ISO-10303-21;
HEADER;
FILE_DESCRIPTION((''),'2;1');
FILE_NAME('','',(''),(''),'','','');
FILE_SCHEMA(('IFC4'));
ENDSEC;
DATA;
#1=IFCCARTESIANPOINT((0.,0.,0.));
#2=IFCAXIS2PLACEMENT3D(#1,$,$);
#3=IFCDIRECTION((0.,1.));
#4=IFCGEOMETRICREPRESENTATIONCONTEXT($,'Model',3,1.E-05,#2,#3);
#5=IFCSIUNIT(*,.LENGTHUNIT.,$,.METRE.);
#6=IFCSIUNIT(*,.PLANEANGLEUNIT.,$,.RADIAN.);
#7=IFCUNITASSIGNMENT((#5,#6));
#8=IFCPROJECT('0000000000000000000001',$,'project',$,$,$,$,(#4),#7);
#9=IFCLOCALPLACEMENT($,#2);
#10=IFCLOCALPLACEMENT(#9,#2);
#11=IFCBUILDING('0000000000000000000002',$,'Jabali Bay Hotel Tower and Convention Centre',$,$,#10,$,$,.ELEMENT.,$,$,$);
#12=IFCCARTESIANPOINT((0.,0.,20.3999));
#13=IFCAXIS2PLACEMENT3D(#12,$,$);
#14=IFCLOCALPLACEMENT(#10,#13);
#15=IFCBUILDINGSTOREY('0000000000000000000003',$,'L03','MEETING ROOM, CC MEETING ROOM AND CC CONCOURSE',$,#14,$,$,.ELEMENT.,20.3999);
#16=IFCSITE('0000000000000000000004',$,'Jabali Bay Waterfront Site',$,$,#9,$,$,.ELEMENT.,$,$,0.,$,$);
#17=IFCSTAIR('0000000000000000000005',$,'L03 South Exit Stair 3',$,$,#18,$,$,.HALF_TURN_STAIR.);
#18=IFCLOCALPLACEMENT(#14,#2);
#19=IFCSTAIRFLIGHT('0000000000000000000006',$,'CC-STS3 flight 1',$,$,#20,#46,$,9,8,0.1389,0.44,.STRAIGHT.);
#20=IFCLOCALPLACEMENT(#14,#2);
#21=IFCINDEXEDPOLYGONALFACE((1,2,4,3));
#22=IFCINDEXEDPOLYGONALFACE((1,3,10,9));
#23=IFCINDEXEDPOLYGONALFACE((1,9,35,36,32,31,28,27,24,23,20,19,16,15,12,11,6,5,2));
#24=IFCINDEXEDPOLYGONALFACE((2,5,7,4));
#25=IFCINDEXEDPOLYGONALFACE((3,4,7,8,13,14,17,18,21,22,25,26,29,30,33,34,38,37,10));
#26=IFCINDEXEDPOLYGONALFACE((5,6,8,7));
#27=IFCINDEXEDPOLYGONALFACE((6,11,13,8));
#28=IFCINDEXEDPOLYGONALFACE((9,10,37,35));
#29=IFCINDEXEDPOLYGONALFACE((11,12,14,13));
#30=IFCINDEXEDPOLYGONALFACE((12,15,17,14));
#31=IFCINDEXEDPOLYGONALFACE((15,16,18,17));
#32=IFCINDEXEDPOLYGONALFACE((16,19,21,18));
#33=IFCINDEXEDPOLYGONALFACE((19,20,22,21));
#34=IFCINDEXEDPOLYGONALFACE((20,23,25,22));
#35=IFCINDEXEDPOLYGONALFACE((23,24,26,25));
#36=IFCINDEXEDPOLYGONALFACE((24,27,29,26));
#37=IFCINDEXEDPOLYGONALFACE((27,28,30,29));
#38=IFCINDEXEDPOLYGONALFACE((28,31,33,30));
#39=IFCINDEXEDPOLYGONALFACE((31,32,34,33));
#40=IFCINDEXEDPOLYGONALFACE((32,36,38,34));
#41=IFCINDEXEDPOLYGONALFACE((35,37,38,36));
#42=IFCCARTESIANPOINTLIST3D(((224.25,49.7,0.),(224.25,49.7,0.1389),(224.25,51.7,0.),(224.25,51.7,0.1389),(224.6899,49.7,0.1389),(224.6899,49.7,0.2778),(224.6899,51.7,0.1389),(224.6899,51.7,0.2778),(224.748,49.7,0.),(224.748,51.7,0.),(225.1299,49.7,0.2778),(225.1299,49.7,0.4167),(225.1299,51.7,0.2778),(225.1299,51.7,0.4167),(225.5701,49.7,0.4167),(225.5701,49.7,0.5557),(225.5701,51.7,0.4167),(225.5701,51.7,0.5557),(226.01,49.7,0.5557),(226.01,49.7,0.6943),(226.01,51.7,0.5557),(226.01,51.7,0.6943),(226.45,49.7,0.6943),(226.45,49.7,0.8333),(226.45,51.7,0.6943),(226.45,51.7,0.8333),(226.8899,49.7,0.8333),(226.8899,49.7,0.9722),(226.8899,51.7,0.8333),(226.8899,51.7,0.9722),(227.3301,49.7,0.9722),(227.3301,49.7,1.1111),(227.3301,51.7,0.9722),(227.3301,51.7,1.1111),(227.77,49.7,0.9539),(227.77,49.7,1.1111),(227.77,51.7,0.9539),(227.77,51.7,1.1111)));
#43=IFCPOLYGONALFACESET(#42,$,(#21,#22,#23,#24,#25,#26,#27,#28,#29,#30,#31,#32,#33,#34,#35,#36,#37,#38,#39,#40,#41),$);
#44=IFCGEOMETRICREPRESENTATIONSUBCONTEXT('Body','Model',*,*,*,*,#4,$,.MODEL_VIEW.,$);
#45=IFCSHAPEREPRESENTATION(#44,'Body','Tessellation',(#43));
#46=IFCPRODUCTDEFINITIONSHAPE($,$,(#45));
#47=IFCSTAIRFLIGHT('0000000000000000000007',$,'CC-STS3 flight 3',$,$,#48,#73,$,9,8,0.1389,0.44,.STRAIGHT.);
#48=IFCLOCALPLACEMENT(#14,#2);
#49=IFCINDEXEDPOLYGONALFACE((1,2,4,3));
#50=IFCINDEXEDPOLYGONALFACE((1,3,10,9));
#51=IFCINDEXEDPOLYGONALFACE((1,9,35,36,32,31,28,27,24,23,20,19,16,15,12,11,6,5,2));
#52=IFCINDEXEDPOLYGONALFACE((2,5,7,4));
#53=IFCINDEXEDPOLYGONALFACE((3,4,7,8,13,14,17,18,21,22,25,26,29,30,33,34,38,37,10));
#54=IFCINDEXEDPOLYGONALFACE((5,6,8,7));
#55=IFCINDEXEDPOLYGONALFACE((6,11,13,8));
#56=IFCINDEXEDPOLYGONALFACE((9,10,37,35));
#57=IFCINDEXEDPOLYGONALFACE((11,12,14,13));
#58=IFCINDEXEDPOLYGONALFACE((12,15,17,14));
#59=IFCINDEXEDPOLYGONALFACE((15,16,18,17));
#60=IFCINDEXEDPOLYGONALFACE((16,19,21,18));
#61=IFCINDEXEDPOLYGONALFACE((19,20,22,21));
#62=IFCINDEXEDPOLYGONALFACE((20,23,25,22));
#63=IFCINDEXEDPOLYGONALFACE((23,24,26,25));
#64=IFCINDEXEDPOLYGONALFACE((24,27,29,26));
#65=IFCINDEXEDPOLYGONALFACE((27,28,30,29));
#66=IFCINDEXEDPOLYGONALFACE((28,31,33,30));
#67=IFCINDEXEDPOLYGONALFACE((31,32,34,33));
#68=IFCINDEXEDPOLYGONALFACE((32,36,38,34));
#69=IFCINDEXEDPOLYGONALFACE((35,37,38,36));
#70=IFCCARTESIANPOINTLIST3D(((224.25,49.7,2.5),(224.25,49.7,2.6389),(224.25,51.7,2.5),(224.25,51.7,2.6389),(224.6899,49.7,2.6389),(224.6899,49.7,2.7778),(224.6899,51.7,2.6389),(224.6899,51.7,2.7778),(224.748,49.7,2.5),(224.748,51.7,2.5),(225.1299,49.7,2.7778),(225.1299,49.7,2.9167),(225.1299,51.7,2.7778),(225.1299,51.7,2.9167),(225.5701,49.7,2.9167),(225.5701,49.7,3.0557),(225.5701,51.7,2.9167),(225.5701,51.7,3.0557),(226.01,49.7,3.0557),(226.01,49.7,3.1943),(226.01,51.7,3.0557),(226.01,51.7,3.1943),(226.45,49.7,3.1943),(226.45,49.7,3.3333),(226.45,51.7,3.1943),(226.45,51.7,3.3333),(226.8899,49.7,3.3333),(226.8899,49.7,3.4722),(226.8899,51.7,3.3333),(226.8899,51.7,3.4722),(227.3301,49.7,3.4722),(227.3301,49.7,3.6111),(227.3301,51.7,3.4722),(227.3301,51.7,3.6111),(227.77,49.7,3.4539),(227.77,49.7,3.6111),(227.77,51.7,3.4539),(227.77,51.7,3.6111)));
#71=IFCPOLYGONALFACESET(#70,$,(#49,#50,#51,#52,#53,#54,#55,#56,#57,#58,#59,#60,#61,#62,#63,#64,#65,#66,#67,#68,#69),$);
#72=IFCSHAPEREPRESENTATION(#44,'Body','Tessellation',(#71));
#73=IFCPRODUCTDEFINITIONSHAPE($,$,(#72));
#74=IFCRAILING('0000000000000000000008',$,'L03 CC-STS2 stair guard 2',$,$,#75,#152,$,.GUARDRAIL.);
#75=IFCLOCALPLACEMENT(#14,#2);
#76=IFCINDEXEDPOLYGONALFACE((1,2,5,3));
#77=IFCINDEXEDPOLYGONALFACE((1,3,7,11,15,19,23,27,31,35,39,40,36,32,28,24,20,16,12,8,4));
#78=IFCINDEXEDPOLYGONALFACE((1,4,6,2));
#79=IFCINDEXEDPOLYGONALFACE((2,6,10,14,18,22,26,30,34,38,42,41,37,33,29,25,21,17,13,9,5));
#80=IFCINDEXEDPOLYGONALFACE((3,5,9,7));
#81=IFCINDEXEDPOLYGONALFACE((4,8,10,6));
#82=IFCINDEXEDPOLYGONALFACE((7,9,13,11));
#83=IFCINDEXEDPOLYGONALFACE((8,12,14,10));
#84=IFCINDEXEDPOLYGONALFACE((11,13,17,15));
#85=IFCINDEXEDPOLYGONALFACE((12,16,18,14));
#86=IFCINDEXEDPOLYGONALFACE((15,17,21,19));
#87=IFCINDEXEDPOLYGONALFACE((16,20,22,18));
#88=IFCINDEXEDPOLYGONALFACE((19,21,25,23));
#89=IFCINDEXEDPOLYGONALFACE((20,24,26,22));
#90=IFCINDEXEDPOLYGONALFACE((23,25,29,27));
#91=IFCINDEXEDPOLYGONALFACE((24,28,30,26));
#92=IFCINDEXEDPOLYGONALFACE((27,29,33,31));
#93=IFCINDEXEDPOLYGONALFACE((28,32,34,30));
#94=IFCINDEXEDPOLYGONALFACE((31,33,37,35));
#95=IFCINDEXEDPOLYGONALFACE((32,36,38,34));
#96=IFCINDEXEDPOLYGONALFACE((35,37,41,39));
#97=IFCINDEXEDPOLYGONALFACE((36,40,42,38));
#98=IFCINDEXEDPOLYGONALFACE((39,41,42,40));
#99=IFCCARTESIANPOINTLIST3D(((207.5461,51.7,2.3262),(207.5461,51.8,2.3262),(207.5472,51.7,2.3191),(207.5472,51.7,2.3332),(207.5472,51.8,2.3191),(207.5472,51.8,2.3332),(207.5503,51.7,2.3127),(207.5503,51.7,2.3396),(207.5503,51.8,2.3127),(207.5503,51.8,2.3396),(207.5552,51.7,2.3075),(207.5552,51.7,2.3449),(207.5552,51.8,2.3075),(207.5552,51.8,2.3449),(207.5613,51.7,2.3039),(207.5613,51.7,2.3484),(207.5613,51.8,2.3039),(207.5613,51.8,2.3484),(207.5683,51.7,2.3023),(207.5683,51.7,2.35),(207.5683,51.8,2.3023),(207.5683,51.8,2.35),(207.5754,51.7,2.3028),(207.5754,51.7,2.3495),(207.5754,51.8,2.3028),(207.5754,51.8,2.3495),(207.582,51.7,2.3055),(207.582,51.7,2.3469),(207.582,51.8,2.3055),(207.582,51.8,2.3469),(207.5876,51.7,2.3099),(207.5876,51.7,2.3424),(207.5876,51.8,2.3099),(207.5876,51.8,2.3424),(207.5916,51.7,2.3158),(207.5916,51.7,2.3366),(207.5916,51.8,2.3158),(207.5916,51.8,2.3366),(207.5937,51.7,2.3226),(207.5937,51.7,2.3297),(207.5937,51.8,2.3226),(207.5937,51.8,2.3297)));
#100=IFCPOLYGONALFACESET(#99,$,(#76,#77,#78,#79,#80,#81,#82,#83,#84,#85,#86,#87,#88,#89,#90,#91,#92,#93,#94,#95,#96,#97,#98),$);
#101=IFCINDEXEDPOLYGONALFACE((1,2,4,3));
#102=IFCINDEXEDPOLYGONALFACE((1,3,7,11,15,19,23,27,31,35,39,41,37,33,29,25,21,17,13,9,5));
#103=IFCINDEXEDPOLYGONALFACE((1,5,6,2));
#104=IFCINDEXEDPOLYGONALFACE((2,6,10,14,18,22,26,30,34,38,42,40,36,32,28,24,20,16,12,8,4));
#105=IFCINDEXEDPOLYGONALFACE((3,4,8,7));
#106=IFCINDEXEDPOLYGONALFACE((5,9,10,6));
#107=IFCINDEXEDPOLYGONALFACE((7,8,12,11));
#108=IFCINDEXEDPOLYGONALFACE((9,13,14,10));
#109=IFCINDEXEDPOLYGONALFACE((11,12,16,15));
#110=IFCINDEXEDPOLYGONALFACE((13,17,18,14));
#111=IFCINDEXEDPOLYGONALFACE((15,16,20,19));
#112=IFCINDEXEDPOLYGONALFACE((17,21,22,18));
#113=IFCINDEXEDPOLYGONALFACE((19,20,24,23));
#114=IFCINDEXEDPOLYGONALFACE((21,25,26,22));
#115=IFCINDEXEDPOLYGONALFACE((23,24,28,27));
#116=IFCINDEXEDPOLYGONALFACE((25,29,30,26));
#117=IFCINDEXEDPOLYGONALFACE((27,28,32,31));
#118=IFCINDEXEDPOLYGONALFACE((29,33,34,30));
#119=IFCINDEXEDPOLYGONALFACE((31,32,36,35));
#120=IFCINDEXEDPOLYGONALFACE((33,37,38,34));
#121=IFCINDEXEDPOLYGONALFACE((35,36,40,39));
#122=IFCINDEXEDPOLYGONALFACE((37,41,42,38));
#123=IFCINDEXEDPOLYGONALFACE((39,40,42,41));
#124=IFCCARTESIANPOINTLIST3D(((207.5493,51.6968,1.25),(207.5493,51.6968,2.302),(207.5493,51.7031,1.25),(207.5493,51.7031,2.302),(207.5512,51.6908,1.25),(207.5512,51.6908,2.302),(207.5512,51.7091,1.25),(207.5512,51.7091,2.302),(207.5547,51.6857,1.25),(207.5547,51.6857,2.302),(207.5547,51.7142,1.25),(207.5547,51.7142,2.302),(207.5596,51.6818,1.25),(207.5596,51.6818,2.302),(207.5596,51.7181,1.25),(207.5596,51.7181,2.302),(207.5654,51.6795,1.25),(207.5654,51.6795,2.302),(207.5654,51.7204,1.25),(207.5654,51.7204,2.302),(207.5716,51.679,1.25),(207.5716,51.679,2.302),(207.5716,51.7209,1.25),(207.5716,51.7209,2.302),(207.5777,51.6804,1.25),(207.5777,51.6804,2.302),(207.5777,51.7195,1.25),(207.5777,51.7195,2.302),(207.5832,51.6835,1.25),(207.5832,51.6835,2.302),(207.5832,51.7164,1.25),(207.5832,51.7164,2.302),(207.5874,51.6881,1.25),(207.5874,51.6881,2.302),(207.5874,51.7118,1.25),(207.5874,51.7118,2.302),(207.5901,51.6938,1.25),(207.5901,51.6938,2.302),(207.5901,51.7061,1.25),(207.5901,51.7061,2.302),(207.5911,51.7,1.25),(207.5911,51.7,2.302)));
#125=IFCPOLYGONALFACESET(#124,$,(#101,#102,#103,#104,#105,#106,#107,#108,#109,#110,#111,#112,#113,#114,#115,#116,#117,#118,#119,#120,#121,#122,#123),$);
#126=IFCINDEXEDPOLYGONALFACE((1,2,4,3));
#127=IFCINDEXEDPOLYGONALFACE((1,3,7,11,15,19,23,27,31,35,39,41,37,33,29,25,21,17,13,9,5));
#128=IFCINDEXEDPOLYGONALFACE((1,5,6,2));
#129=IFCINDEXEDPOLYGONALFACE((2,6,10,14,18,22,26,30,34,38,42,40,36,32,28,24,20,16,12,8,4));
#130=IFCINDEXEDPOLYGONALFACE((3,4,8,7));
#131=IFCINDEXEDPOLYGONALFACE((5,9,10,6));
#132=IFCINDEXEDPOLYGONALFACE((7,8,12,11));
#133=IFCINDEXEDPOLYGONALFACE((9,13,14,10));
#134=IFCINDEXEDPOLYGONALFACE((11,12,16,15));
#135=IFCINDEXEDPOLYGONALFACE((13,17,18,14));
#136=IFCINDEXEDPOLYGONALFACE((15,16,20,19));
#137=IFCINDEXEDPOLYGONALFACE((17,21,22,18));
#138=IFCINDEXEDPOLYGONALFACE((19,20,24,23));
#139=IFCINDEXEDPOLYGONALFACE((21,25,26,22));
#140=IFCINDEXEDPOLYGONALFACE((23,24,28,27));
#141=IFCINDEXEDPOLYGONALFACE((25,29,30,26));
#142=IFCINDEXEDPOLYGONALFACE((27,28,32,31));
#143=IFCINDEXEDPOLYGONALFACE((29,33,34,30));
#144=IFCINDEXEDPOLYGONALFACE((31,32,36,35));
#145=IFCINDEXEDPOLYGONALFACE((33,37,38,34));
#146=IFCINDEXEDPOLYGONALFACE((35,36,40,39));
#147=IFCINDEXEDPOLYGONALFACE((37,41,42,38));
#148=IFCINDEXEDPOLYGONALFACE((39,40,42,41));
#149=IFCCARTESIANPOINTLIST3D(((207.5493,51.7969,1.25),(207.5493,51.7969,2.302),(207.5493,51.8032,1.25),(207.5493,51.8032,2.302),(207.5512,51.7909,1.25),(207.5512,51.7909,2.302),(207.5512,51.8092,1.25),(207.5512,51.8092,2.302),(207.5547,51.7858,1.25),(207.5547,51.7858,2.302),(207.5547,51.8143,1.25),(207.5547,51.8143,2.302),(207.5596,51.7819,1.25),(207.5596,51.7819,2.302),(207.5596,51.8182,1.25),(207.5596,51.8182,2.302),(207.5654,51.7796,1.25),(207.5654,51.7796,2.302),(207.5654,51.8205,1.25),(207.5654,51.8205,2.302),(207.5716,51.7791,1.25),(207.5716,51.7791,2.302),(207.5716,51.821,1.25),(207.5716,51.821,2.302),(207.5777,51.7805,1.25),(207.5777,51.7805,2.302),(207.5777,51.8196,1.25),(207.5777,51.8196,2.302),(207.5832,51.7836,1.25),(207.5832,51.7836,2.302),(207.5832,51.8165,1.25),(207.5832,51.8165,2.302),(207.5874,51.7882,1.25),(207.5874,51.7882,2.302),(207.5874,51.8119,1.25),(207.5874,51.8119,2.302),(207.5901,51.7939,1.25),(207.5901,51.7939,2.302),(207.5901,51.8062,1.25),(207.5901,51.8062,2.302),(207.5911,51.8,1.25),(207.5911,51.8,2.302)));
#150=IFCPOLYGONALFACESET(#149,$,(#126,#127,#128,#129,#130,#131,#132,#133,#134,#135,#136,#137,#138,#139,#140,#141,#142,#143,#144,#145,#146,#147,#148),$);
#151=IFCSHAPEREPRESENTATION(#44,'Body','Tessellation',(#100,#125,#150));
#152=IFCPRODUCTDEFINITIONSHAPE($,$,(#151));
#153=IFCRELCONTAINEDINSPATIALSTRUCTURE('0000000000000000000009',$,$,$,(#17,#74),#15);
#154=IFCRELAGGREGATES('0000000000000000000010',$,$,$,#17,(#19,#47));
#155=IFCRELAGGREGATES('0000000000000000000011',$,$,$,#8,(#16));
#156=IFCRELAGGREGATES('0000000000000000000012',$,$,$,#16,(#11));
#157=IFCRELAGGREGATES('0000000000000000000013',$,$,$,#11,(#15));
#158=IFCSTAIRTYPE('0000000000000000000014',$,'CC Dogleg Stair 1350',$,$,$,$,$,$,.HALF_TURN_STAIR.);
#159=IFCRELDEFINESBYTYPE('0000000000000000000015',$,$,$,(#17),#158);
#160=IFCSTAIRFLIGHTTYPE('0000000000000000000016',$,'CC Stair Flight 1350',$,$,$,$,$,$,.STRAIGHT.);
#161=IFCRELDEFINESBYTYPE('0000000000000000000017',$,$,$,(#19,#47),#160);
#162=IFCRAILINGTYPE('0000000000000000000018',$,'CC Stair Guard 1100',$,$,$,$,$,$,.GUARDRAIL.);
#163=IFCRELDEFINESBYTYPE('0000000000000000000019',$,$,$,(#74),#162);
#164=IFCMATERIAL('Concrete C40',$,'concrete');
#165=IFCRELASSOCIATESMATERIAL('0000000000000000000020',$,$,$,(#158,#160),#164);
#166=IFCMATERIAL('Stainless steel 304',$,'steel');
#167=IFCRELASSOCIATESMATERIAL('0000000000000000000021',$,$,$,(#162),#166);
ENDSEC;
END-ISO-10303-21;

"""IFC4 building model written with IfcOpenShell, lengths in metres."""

from ifc_helpers import new_model, si_unit, direction, frame, origin, origin_2d, place, context, subcontext, project, spatial, polyline, circle, outline, extrude, material, type_object, element, aggregate, save


model = new_model("IFC4")

# Units and contexts
model_context = context("Model", 3, precision=1e-05, world=origin(), true_north=direction((0.0, 1.0)))
body_context = subcontext(model_context, "Body", "Model", "MODEL_VIEW")
ifc_project = project(units=[si_unit("LENGTHUNIT", "METRE"), si_unit("PLANEANGLEUNIT", "RADIAN")], contexts=[model_context])

# Site, building, storey
site_placement = place(None, origin())
site = spatial("IfcSite", under=ifc_project, at=site_placement, Name="Jabali Bay Waterfront Site", CompositionType="ELEMENT", RefElevation=0.0)
building_placement = place(site_placement, origin())
building = spatial("IfcBuilding", under=site, at=building_placement, Name="Jabali Bay Hotel Tower and Convention Centre", CompositionType="ELEMENT")
storey_placement = place(building_placement, frame((0.0, 0.0, 20.3999)))
storey = spatial("IfcBuildingStorey", under=building, at=storey_placement, Name="L03", Description="MEETING ROOM, CC MEETING ROOM AND CC CONCOURSE", CompositionType="ELEMENT", Elevation=20.3999)

# Shared definitions
ifc_material_1 = material(Name="Concrete C40", Category="concrete")

# Stair, stair flights
stair_type = type_object("IfcStairType", Name="CC Dogleg Stair 1350", PredefinedType="HALF_TURN_STAIR", material=ifc_material_1)
stair_placement = place(storey_placement, origin())
stair = element("IfcStair", 1, at=stair_placement, inside=storey, type_object=stair_type, Name="L03 South Exit Stair 3", PredefinedType="HALF_TURN_STAIR")
stair_flight_type = type_object("IfcStairFlightType", Name="CC Stair Flight 1350", PredefinedType="STRAIGHT", material=ifc_material_1)
stair_flight_1_placement = place(storey_placement, frame((224.25, 50.7, 0.0), z_axis=(0.0, 0.0, 1.0), x_axis=(1.0, 0.0, 0.0)))
stair_flight_1 = element("IfcStairFlight", 2, at=stair_flight_1_placement, type_object=stair_flight_type, Name="CC-STS3 flight 1", NumberOfRisers=9, NumberOfTreads=8, PredefinedType="STRAIGHT", RiserHeight=0.1389, TreadLength=0.44, context=body_context, shape_type="SweptSolid", body=[
    extrude(outline(polyline([(0.0, 0.0), (0.0, 0.1389), (0.4399, 0.1389), (0.4399, 0.2778), (0.8799, 0.2778), (0.8799, 0.4167), (1.3201, 0.4167), (1.3201, 0.5557), (1.76, 0.5557), (1.76, 0.6943), (2.2, 0.6943), (2.2, 0.8333), (2.6399, 0.8333), (2.6399, 0.9722), (3.0801, 0.9722), (3.0801, 1.1111), (3.52, 1.1111), (3.52, 1.25), (3.52, 0.9539), (0.498, 0.0), (0.0, 0.0)])), frame((0.0, 1.0, 0.0), z_axis=(0.0, -1.0, 0.0), x_axis=(1.0, 0.0, 0.0)), (0.0, 0.0, 1.0), 2.0),
])
stair_flight_2_placement = place(storey_placement, frame((224.25, 50.7, 2.5), z_axis=(0.0, 0.0, 1.0), x_axis=(1.0, 0.0, 0.0)))
stair_flight_2 = element("IfcStairFlight", 3, at=stair_flight_2_placement, type_object=stair_flight_type, Name="CC-STS3 flight 3", NumberOfRisers=9, NumberOfTreads=8, PredefinedType="STRAIGHT", RiserHeight=0.1389, TreadLength=0.44, context=body_context, shape_type="SweptSolid", body=[
    extrude(outline(polyline([(0.0, 0.0), (0.0, 0.1389), (0.4399, 0.1389), (0.4399, 0.2778), (0.8799, 0.2778), (0.8799, 0.4167), (1.3201, 0.4167), (1.3201, 0.5557), (1.76, 0.5557), (1.76, 0.6943), (2.2, 0.6943), (2.2, 0.8333), (2.6399, 0.8333), (2.6399, 0.9722), (3.0801, 0.9722), (3.0801, 1.1111), (3.52, 1.1111), (3.52, 1.25), (3.52, 0.9539), (0.498, 0.0), (0.0, 0.0)])), frame((0.0, 1.0, 0.0), z_axis=(0.0, -1.0, 0.0), x_axis=(1.0, 0.0, 0.0)), (0.0, 0.0, 1.0), 2.0),
])
aggregate(stair, [stair_flight_1, stair_flight_2])

# Railing
ifc_material_2 = material(Name="Stainless steel 304", Category="steel")
railing_type_1 = type_object("IfcRailingType", Name="CC Stair Guard 1100", PredefinedType="GUARDRAIL", material=ifc_material_2)
for number, where, name in (
    (4, (207.5701, 51.7, 1.25), "L03 CC-STS2 stair guard 2"),
):
    element("IfcRailing", number, at=place(storey_placement, frame(where)), inside=storey, type_object=railing_type_1, Name=name, PredefinedType="GUARDRAIL", context=body_context, shape_type="SweptSolid", body=[
        extrude(circle(Radius=0.0239, at=origin_2d()), frame((0.0, 0.0, 1.0762), z_axis=(0.0, 1.0, 0.0), x_axis=(-1.0, 0.0, 0.0)), (0.0, 0.0, 1.0), 0.1001),
        extrude(circle(Radius=0.021, at=origin_2d()), origin(), (0.0, 0.0, 1.0), 1.052),
        extrude(circle(Radius=0.021, at=origin_2d()), frame((0.0, 0.1001, 0.0)), (0.0, 0.0, 1.0), 1.052),
    ])

save(model, "model.ifc")
